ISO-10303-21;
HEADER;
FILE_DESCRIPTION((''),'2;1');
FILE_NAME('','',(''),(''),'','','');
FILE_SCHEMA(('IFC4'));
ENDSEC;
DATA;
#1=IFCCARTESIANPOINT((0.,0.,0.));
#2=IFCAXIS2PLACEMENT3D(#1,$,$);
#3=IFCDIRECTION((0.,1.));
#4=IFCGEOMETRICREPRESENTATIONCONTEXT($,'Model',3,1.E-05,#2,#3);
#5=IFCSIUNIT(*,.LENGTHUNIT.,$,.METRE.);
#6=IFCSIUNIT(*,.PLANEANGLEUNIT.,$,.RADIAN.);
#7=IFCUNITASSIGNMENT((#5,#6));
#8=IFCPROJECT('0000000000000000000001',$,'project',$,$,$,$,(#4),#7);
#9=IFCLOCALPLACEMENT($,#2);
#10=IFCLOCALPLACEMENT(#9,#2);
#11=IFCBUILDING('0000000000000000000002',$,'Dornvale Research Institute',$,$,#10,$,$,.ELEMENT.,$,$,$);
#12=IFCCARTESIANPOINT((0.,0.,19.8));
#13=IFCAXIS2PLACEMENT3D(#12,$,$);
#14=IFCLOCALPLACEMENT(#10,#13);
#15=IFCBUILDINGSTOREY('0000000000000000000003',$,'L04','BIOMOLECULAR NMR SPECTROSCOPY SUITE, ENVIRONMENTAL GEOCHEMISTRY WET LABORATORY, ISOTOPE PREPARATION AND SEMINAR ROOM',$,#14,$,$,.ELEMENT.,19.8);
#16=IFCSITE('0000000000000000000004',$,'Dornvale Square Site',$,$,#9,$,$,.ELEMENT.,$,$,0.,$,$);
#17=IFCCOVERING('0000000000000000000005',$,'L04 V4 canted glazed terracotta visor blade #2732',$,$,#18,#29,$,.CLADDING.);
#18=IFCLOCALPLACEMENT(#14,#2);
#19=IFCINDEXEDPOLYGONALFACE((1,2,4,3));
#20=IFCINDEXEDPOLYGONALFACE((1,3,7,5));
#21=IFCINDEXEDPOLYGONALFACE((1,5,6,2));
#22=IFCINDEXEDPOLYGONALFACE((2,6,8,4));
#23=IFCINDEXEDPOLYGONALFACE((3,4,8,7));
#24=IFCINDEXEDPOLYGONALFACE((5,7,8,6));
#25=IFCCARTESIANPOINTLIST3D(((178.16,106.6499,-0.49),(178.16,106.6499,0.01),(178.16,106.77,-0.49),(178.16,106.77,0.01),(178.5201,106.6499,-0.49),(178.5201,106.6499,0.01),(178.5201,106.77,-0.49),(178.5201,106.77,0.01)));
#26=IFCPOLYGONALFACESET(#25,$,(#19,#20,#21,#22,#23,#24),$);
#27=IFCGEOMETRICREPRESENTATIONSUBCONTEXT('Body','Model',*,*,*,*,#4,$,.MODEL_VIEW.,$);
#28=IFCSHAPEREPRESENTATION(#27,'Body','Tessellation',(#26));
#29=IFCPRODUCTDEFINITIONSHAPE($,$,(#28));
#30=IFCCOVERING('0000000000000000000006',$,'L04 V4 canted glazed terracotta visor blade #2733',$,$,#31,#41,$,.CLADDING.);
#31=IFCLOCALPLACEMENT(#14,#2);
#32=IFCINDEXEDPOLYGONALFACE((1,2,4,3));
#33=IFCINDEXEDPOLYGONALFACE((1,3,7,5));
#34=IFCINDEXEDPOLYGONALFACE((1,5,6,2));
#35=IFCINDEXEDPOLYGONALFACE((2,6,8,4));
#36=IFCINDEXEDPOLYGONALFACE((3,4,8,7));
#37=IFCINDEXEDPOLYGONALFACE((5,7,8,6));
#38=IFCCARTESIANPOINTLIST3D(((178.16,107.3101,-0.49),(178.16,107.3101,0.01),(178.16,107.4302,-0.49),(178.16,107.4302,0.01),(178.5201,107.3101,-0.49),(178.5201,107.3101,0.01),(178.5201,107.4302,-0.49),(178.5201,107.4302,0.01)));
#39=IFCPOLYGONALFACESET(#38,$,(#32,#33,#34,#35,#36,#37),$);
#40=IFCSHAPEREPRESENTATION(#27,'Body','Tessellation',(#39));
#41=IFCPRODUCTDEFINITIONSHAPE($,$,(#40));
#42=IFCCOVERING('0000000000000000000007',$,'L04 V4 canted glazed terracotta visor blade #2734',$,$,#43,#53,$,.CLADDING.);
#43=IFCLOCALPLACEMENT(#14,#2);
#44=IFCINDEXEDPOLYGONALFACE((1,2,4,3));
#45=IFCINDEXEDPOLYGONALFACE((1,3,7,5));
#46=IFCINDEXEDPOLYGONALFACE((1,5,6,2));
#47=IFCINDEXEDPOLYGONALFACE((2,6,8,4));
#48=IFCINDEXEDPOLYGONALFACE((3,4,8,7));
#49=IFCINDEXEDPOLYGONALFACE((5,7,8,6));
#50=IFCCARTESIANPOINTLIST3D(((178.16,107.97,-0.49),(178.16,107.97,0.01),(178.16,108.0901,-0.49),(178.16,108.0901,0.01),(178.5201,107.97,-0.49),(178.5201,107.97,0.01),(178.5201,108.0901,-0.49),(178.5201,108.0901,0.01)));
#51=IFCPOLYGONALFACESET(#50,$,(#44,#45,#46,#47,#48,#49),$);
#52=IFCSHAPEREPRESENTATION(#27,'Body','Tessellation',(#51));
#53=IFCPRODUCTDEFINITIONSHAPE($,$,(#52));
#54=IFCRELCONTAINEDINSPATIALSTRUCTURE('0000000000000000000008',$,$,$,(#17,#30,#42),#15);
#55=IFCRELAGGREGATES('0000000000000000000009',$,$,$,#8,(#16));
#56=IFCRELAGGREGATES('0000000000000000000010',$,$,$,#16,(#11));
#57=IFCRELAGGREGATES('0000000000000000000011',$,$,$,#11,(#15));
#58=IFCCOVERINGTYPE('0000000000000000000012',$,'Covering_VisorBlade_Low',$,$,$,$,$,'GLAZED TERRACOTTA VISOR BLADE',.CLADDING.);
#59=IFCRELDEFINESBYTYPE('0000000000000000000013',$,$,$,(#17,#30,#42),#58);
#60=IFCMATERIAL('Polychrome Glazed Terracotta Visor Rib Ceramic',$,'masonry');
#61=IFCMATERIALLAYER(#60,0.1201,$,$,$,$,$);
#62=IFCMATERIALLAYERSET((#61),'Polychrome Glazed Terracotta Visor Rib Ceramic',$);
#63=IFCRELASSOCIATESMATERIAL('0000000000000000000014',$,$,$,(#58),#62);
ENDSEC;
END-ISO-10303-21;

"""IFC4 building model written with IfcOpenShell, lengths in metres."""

from ifc_helpers import new_model, si_unit, direction, frame, origin, origin_2d, place, context, subcontext, project, spatial, rectangle, extrude, material, layer, layer_set, type_object, element, save


model = new_model("IFC4")

# Units and contexts
model_context = context("Model", 3, precision=1e-05, world=origin(), true_north=direction((0.0, 1.0)))
body_context = subcontext(model_context, "Body", "Model", "MODEL_VIEW")
ifc_project = project(units=[si_unit("LENGTHUNIT", "METRE"), si_unit("PLANEANGLEUNIT", "RADIAN")], contexts=[model_context])

# Site, building, storey
site_placement = place(None, origin())
site = spatial("IfcSite", under=ifc_project, at=site_placement, Name="Dornvale Square Site", CompositionType="ELEMENT", RefElevation=0.0)
building_placement = place(site_placement, origin())
building = spatial("IfcBuilding", under=site, at=building_placement, Name="Dornvale Research Institute", CompositionType="ELEMENT")
storey_placement = place(building_placement, frame((0.0, 0.0, 19.8)))
storey = spatial("IfcBuildingStorey", under=building, at=storey_placement, Name="L04", Description="BIOMOLECULAR NMR SPECTROSCOPY SUITE, ENVIRONMENTAL GEOCHEMISTRY WET LABORATORY, ISOTOPE PREPARATION AND SEMINAR ROOM", CompositionType="ELEMENT", Elevation=19.8)

# Coverings
ifc_material_1 = material(Name="Polychrome Glazed Terracotta Visor Rib Ceramic", Category="masonry")
ifc_layer_1 = layer(ifc_material_1, 0.1201)
ifc_layer_set_1 = layer_set([ifc_layer_1], Name="Polychrome Glazed Terracotta Visor Rib Ceramic")
covering_type = type_object("IfcCoveringType", Name="Covering_VisorBlade_Low", ElementType="GLAZED TERRACOTTA VISOR BLADE", PredefinedType="CLADDING", material=ifc_layer_set_1)
for number, where, z_axis, x_axis, name in (
    (1, (178.3401, 106.71, -0.49), (0.0, 0.0, 1.0), (1.0, 0.0, 0.0), "L04 V4 canted glazed terracotta visor blade #2732"),
    (2, (178.3401, 107.3701, -0.49), (0.0, 0.0, 1.0), (1.0, 0.0, 0.0), "L04 V4 canted glazed terracotta visor blade #2733"),
    (3, (178.3401, 108.03, -0.49), (0.0, 0.0, 1.0), (1.0, 0.0, 0.0), "L04 V4 canted glazed terracotta visor blade #2734"),
):
    element("IfcCovering", number, at=place(storey_placement, frame(where, z_axis=z_axis, x_axis=x_axis)), inside=storey, type_object=covering_type, Name=name, PredefinedType="CLADDING", context=body_context, shape_type="SweptSolid", body=[
        extrude(rectangle(XDim=0.3601, YDim=0.1201, at=origin_2d()), origin(), (0.0, 0.0, 1.0), 0.5),
    ])

save(model, "model.ifc")
